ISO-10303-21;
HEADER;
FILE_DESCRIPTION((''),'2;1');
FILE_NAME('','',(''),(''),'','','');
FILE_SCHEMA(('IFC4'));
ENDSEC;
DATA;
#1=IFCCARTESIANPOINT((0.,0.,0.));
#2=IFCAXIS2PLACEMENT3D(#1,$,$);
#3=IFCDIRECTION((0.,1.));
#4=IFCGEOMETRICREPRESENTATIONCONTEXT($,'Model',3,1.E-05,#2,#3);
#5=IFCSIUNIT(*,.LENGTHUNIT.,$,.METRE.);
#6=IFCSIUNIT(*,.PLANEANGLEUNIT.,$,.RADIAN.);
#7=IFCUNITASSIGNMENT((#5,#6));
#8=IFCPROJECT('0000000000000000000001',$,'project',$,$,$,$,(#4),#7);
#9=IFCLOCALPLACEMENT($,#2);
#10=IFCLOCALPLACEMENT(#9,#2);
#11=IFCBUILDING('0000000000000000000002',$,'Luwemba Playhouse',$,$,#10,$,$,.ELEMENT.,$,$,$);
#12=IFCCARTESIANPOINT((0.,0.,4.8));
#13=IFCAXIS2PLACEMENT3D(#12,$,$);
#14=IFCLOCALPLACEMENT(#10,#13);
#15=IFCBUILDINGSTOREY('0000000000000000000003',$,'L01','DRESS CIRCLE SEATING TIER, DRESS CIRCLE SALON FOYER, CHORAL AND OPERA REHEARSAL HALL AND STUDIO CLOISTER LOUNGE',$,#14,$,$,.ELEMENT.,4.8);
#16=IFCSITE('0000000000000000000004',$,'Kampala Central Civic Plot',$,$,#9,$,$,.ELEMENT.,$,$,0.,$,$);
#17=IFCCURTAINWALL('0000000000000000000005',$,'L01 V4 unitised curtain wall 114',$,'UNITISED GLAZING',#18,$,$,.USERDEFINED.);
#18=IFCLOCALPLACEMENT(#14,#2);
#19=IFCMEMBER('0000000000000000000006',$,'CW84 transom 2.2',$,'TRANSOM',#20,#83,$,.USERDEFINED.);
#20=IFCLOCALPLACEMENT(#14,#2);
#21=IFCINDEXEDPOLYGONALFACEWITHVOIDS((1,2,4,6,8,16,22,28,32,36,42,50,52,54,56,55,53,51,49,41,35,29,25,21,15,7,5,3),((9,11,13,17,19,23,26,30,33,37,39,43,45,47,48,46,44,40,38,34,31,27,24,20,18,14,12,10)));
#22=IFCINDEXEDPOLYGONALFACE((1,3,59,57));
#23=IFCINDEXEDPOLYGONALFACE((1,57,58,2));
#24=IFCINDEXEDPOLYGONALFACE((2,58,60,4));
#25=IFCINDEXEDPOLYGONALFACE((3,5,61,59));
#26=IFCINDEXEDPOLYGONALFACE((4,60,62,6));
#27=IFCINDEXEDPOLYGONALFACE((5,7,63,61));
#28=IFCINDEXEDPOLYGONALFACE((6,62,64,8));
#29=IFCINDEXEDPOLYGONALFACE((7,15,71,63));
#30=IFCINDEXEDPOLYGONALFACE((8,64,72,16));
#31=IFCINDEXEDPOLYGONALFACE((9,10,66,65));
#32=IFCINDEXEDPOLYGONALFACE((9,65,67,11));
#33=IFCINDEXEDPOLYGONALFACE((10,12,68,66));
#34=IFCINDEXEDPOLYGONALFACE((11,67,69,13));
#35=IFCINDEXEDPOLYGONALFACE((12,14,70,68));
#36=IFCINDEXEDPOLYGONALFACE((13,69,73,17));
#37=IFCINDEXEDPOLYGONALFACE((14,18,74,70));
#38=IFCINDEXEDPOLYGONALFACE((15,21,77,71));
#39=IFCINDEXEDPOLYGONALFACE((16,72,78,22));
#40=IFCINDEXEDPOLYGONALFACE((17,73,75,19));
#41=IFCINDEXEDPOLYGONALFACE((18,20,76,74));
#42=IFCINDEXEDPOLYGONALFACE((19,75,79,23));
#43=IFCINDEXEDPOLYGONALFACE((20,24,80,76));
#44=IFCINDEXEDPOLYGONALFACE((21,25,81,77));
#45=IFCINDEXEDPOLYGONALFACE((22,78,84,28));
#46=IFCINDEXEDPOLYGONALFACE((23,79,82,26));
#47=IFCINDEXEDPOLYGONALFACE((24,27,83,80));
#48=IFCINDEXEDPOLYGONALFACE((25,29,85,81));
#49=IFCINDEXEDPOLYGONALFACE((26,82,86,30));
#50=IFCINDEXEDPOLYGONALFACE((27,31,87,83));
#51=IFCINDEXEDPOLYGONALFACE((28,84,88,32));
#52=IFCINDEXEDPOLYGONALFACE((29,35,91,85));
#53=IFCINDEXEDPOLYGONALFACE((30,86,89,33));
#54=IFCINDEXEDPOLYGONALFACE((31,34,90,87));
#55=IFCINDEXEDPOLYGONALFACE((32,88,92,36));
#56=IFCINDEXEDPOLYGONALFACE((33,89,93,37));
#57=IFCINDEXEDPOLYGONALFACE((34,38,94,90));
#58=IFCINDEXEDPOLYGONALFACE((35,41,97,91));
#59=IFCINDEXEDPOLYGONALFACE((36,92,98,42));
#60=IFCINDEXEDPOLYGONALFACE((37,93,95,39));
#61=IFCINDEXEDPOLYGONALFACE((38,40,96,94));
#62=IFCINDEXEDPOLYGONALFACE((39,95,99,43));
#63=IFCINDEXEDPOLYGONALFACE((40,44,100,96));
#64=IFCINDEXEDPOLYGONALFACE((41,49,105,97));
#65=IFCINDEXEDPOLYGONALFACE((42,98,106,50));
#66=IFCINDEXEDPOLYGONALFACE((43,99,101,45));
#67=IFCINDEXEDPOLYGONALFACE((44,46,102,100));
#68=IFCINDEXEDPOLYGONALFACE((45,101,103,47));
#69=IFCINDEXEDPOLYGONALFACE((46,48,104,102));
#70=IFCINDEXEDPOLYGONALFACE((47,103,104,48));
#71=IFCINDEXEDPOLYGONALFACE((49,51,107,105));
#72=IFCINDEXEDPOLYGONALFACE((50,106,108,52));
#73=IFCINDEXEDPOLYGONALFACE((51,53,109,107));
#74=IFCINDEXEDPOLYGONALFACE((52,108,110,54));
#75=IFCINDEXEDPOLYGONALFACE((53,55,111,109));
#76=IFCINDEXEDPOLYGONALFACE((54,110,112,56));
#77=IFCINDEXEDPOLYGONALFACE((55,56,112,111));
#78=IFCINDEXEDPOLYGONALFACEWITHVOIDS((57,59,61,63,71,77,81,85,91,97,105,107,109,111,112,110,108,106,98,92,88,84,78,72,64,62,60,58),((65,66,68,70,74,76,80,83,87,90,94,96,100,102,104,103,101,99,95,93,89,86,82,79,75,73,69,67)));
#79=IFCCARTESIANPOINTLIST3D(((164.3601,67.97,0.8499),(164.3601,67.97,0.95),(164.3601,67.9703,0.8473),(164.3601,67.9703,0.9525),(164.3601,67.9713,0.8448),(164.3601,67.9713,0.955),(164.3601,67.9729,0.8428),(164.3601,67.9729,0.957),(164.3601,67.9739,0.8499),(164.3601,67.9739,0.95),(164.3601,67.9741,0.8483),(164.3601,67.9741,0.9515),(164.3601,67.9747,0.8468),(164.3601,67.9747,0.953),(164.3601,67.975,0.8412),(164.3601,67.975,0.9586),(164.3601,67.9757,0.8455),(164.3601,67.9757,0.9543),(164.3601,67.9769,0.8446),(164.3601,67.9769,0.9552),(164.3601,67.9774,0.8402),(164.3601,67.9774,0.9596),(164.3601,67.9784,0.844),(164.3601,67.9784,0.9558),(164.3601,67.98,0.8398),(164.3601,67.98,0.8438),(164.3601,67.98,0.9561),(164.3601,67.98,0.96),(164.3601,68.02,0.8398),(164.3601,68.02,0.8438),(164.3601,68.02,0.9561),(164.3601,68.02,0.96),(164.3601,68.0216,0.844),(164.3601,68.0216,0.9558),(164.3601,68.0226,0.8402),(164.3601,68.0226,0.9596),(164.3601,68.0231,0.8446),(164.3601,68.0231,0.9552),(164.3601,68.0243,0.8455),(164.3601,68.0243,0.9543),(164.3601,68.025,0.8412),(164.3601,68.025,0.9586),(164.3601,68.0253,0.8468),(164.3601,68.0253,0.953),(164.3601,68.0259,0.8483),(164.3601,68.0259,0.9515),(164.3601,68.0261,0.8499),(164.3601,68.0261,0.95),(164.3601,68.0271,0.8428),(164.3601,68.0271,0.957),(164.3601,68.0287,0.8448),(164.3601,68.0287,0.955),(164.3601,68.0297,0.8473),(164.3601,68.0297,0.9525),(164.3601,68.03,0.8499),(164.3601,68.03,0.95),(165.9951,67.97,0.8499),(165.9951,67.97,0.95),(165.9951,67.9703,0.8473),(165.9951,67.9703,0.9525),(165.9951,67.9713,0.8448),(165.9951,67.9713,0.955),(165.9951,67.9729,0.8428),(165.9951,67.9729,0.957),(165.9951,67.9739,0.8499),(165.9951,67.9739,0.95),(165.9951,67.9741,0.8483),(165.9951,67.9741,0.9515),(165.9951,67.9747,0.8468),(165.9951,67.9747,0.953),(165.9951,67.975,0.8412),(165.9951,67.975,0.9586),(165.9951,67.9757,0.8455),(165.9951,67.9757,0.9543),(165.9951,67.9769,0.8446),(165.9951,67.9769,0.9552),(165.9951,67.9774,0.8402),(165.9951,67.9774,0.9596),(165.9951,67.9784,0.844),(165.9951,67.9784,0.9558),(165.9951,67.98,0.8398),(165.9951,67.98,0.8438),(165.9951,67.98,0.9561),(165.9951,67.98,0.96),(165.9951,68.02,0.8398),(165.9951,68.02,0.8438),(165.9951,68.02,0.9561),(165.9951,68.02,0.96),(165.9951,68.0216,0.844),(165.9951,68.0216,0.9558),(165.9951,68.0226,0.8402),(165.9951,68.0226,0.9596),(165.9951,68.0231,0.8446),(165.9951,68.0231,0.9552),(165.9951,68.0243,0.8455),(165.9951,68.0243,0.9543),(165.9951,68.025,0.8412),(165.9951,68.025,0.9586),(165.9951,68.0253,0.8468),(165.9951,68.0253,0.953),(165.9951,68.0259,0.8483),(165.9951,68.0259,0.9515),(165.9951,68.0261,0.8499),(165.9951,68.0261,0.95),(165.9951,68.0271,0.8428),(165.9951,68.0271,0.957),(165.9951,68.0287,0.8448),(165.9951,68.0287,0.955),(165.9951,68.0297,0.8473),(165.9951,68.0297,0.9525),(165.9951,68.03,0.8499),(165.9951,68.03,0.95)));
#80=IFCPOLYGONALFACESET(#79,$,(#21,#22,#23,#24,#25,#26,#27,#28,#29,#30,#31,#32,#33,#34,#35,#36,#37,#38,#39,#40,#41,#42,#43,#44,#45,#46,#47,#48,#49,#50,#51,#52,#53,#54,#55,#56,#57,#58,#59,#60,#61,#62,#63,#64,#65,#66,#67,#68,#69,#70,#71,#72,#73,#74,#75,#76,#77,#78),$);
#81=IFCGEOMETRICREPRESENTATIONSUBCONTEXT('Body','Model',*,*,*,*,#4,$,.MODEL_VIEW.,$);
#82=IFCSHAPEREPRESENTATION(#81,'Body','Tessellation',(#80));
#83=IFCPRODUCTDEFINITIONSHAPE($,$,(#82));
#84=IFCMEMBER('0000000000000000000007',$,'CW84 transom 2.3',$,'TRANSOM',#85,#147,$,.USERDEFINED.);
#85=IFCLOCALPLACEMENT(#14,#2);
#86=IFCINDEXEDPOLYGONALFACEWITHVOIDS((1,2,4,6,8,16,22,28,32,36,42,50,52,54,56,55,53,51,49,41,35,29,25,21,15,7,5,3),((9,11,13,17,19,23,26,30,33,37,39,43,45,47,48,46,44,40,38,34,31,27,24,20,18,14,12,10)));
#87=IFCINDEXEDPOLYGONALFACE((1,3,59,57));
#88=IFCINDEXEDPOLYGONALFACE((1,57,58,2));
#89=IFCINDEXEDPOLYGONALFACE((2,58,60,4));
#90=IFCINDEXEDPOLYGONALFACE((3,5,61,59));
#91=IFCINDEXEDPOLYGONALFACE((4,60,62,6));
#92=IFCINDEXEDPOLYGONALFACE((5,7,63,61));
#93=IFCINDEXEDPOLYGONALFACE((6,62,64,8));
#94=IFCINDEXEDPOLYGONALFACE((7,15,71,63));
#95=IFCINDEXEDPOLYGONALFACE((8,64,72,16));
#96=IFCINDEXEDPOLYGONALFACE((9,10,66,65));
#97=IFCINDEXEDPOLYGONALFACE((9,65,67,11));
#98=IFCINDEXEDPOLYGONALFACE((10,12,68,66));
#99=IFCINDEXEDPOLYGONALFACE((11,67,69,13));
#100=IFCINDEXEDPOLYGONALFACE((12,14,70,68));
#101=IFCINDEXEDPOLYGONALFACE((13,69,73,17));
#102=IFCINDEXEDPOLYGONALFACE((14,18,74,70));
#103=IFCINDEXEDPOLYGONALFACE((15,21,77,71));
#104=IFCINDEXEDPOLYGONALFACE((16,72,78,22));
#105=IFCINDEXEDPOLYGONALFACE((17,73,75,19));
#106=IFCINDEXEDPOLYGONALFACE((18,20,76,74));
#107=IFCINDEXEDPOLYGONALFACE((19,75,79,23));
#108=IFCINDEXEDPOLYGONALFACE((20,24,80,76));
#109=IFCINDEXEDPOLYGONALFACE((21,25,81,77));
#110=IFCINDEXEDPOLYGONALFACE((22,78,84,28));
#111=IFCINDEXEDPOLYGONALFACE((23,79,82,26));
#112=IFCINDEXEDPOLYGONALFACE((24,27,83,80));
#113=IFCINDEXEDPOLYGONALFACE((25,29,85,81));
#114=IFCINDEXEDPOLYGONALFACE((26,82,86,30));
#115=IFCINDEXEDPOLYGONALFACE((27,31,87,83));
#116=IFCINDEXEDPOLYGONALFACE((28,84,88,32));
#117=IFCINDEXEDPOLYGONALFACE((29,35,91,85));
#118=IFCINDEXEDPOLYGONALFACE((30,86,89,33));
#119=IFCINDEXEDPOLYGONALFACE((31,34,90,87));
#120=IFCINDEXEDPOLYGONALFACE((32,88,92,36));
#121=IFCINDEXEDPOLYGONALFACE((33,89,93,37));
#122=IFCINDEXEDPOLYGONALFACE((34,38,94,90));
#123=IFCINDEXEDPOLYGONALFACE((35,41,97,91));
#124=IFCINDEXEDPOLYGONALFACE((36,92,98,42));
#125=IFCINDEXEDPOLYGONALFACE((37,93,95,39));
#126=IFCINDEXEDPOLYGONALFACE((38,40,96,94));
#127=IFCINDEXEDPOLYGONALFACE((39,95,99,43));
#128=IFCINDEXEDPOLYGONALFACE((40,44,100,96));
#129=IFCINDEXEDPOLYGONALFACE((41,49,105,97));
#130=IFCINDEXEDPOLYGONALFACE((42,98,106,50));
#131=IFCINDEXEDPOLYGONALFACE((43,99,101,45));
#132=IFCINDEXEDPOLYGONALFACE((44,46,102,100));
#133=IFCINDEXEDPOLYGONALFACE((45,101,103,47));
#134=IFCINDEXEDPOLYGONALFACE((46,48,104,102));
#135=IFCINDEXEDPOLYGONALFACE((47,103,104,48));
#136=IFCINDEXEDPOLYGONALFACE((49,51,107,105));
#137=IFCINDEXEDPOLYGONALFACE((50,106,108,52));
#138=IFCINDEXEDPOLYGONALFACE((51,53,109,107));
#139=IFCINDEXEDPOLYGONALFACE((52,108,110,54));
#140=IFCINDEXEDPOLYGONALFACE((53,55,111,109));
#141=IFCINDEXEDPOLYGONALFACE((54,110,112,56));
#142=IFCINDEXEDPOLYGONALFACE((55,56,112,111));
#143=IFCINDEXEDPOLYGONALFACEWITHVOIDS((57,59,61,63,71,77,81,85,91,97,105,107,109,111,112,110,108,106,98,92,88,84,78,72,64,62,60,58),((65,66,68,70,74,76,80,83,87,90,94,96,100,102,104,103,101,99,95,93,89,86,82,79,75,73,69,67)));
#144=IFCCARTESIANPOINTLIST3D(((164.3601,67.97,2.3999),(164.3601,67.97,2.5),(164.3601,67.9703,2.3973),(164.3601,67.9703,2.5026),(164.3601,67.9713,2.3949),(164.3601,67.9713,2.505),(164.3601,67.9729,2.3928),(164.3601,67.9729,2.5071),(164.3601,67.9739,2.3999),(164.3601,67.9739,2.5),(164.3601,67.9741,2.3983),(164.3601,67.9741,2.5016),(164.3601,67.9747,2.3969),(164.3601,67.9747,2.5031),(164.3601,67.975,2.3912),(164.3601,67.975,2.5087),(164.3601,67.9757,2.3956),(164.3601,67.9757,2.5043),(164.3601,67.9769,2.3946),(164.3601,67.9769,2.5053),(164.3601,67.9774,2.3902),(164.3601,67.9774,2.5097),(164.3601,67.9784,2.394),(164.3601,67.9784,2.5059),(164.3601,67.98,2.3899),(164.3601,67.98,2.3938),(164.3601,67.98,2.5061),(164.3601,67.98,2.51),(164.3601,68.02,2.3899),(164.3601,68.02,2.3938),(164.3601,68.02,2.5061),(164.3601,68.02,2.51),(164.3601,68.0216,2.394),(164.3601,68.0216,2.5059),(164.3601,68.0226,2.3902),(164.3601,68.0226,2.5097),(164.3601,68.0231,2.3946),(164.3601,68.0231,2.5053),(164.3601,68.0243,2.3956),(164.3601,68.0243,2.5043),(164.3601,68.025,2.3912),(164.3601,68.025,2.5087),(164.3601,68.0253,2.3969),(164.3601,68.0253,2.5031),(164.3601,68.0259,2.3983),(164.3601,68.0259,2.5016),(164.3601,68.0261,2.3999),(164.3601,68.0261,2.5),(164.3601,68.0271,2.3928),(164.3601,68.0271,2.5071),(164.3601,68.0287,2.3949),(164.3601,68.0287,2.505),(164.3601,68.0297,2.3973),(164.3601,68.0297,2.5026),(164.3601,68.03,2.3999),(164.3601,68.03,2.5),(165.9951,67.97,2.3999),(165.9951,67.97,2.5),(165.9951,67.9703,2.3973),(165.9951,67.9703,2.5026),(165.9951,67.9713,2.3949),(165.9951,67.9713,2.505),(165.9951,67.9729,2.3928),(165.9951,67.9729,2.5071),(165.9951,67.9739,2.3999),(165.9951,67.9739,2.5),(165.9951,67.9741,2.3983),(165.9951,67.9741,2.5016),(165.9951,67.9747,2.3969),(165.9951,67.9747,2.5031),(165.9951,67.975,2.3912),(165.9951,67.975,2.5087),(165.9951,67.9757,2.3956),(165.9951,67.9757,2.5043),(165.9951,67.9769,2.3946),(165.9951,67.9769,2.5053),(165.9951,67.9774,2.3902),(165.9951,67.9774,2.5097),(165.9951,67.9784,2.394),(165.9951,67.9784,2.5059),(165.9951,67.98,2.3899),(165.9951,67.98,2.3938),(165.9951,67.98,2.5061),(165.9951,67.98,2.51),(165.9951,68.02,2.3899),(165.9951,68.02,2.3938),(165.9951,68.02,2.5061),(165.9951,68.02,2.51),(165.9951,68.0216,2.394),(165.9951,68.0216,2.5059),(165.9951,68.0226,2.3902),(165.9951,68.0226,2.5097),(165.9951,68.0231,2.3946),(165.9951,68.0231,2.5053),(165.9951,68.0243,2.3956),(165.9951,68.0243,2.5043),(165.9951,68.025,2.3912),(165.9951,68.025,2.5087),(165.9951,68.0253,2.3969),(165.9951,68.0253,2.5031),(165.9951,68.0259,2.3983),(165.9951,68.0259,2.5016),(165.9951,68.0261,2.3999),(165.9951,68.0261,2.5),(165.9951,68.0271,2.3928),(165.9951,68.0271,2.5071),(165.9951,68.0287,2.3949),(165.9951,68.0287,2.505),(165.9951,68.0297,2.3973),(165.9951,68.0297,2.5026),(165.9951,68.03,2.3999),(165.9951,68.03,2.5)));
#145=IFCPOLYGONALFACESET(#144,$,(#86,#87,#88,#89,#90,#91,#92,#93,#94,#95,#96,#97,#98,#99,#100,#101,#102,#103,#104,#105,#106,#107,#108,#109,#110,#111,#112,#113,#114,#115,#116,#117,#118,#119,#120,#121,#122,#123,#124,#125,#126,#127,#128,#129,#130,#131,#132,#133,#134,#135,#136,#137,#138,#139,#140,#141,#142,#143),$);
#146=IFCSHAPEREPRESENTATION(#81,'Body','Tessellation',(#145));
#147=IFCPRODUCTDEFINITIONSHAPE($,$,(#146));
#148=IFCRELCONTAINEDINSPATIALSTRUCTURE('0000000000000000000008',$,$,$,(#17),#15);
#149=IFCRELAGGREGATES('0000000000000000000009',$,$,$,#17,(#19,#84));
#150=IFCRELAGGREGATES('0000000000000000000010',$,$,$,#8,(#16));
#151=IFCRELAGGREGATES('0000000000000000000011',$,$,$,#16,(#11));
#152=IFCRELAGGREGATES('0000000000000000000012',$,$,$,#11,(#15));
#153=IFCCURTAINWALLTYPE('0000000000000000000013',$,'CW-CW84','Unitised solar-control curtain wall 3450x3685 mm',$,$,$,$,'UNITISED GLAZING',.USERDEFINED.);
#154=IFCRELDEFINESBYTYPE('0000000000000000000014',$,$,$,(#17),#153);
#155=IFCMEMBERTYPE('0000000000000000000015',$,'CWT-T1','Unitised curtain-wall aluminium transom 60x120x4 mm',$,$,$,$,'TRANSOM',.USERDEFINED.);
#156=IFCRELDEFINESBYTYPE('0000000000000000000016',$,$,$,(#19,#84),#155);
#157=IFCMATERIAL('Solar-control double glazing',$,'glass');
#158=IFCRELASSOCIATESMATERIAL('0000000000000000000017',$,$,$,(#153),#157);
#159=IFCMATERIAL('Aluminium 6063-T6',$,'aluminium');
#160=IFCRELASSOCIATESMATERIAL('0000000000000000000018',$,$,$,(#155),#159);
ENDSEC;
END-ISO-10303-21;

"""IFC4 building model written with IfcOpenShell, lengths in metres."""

from ifc_helpers import new_model, si_unit, direction, frame, origin, origin_2d, place, context, subcontext, project, spatial, hollow_rectangle, extrude, material, material_profile, profile_set, type_object, element, aggregate, save


model = new_model("IFC4")

# Units and contexts
model_context = context("Model", 3, precision=1e-05, world=origin(), true_north=direction((0.0, 1.0)))
body_context = subcontext(model_context, "Body", "Model", "MODEL_VIEW")
ifc_project = project(units=[si_unit("LENGTHUNIT", "METRE"), si_unit("PLANEANGLEUNIT", "RADIAN")], contexts=[model_context])

# Site, building, storey
site_placement = place(None, origin())
site = spatial("IfcSite", under=ifc_project, at=site_placement, Name="Kampala Central Civic Plot", CompositionType="ELEMENT", RefElevation=0.0)
building_placement = place(site_placement, origin())
building = spatial("IfcBuilding", under=site, at=building_placement, Name="Luwemba Playhouse", CompositionType="ELEMENT")
storey_placement = place(building_placement, frame((0.0, 0.0, 4.8)))
storey = spatial("IfcBuildingStorey", under=building, at=storey_placement, Name="L01", Description="DRESS CIRCLE SEATING TIER, DRESS CIRCLE SALON FOYER, CHORAL AND OPERA REHEARSAL HALL AND STUDIO CLOISTER LOUNGE", CompositionType="ELEMENT", Elevation=4.8)

# Curtain wall, members
ifc_material_1 = material(Name="Solar-control double glazing", Category="glass")
curtain_wall_type = type_object("IfcCurtainWallType", Name="CW-CW84", Description="Unitised solar-control curtain wall 3450x3685 mm", ElementType="UNITISED GLAZING", PredefinedType="USERDEFINED", material=ifc_material_1)
curtain_wall_placement = place(storey_placement, origin())
curtain_wall = element("IfcCurtainWall", 1, at=curtain_wall_placement, inside=storey, type_object=curtain_wall_type, Name="L01 V4 unitised curtain wall 114", ObjectType="UNITISED GLAZING", PredefinedType="USERDEFINED")
ifc_material_2 = material(Name="Aluminium 6063-T6", Category="aluminium")
ifc_material_profile_1 = material_profile(ifc_material_2, hollow_rectangle(XDim=0.0601, YDim=0.1201, WallThickness=0.0039, InnerFilletRadius=0.0061, OuterFilletRadius=0.01, at=origin_2d()))
ifc_profile_set_1 = profile_set([ifc_material_profile_1], Name="Aluminium 6063-T6")
member_type_1 = type_object("IfcMemberType", Name="CWT-T1", Description="Unitised curtain-wall aluminium transom 60x120x4 mm", ElementType="TRANSOM", PredefinedType="USERDEFINED", material=ifc_profile_set_1)
member_1_placement = place(storey_placement, frame((165.9951, 68.0, 0.8999), z_axis=(-1.0, 0.0, 0.0), x_axis=(0.0, -1.0, 0.0)))
member_1 = element("IfcMember", 2, at=member_1_placement, type_object=member_type_1, Name="CW84 transom 2.2", ObjectType="TRANSOM", PredefinedType="USERDEFINED", context=body_context, shape_type="SweptSolid", body=[
    extrude(hollow_rectangle(XDim=0.0601, YDim=0.1201, WallThickness=0.0039, InnerFilletRadius=0.0061, OuterFilletRadius=0.01, at=origin_2d()), origin(), (0.0, 0.0, 1.0), 1.635),
])
member_2_placement = place(storey_placement, frame((165.9951, 68.0, 2.45), z_axis=(-1.0, 0.0, 0.0), x_axis=(0.0, -1.0, 0.0)))
member_2 = element("IfcMember", 3, at=member_2_placement, type_object=member_type_1, Name="CW84 transom 2.3", ObjectType="TRANSOM", PredefinedType="USERDEFINED", context=body_context, shape_type="SweptSolid", body=[
    extrude(hollow_rectangle(XDim=0.0601, YDim=0.1201, WallThickness=0.0039, InnerFilletRadius=0.0061, OuterFilletRadius=0.01, at=origin_2d()), origin(), (0.0, 0.0, 1.0), 1.635),
])
aggregate(curtain_wall, [member_1, member_2])

save(model, "model.ifc")
